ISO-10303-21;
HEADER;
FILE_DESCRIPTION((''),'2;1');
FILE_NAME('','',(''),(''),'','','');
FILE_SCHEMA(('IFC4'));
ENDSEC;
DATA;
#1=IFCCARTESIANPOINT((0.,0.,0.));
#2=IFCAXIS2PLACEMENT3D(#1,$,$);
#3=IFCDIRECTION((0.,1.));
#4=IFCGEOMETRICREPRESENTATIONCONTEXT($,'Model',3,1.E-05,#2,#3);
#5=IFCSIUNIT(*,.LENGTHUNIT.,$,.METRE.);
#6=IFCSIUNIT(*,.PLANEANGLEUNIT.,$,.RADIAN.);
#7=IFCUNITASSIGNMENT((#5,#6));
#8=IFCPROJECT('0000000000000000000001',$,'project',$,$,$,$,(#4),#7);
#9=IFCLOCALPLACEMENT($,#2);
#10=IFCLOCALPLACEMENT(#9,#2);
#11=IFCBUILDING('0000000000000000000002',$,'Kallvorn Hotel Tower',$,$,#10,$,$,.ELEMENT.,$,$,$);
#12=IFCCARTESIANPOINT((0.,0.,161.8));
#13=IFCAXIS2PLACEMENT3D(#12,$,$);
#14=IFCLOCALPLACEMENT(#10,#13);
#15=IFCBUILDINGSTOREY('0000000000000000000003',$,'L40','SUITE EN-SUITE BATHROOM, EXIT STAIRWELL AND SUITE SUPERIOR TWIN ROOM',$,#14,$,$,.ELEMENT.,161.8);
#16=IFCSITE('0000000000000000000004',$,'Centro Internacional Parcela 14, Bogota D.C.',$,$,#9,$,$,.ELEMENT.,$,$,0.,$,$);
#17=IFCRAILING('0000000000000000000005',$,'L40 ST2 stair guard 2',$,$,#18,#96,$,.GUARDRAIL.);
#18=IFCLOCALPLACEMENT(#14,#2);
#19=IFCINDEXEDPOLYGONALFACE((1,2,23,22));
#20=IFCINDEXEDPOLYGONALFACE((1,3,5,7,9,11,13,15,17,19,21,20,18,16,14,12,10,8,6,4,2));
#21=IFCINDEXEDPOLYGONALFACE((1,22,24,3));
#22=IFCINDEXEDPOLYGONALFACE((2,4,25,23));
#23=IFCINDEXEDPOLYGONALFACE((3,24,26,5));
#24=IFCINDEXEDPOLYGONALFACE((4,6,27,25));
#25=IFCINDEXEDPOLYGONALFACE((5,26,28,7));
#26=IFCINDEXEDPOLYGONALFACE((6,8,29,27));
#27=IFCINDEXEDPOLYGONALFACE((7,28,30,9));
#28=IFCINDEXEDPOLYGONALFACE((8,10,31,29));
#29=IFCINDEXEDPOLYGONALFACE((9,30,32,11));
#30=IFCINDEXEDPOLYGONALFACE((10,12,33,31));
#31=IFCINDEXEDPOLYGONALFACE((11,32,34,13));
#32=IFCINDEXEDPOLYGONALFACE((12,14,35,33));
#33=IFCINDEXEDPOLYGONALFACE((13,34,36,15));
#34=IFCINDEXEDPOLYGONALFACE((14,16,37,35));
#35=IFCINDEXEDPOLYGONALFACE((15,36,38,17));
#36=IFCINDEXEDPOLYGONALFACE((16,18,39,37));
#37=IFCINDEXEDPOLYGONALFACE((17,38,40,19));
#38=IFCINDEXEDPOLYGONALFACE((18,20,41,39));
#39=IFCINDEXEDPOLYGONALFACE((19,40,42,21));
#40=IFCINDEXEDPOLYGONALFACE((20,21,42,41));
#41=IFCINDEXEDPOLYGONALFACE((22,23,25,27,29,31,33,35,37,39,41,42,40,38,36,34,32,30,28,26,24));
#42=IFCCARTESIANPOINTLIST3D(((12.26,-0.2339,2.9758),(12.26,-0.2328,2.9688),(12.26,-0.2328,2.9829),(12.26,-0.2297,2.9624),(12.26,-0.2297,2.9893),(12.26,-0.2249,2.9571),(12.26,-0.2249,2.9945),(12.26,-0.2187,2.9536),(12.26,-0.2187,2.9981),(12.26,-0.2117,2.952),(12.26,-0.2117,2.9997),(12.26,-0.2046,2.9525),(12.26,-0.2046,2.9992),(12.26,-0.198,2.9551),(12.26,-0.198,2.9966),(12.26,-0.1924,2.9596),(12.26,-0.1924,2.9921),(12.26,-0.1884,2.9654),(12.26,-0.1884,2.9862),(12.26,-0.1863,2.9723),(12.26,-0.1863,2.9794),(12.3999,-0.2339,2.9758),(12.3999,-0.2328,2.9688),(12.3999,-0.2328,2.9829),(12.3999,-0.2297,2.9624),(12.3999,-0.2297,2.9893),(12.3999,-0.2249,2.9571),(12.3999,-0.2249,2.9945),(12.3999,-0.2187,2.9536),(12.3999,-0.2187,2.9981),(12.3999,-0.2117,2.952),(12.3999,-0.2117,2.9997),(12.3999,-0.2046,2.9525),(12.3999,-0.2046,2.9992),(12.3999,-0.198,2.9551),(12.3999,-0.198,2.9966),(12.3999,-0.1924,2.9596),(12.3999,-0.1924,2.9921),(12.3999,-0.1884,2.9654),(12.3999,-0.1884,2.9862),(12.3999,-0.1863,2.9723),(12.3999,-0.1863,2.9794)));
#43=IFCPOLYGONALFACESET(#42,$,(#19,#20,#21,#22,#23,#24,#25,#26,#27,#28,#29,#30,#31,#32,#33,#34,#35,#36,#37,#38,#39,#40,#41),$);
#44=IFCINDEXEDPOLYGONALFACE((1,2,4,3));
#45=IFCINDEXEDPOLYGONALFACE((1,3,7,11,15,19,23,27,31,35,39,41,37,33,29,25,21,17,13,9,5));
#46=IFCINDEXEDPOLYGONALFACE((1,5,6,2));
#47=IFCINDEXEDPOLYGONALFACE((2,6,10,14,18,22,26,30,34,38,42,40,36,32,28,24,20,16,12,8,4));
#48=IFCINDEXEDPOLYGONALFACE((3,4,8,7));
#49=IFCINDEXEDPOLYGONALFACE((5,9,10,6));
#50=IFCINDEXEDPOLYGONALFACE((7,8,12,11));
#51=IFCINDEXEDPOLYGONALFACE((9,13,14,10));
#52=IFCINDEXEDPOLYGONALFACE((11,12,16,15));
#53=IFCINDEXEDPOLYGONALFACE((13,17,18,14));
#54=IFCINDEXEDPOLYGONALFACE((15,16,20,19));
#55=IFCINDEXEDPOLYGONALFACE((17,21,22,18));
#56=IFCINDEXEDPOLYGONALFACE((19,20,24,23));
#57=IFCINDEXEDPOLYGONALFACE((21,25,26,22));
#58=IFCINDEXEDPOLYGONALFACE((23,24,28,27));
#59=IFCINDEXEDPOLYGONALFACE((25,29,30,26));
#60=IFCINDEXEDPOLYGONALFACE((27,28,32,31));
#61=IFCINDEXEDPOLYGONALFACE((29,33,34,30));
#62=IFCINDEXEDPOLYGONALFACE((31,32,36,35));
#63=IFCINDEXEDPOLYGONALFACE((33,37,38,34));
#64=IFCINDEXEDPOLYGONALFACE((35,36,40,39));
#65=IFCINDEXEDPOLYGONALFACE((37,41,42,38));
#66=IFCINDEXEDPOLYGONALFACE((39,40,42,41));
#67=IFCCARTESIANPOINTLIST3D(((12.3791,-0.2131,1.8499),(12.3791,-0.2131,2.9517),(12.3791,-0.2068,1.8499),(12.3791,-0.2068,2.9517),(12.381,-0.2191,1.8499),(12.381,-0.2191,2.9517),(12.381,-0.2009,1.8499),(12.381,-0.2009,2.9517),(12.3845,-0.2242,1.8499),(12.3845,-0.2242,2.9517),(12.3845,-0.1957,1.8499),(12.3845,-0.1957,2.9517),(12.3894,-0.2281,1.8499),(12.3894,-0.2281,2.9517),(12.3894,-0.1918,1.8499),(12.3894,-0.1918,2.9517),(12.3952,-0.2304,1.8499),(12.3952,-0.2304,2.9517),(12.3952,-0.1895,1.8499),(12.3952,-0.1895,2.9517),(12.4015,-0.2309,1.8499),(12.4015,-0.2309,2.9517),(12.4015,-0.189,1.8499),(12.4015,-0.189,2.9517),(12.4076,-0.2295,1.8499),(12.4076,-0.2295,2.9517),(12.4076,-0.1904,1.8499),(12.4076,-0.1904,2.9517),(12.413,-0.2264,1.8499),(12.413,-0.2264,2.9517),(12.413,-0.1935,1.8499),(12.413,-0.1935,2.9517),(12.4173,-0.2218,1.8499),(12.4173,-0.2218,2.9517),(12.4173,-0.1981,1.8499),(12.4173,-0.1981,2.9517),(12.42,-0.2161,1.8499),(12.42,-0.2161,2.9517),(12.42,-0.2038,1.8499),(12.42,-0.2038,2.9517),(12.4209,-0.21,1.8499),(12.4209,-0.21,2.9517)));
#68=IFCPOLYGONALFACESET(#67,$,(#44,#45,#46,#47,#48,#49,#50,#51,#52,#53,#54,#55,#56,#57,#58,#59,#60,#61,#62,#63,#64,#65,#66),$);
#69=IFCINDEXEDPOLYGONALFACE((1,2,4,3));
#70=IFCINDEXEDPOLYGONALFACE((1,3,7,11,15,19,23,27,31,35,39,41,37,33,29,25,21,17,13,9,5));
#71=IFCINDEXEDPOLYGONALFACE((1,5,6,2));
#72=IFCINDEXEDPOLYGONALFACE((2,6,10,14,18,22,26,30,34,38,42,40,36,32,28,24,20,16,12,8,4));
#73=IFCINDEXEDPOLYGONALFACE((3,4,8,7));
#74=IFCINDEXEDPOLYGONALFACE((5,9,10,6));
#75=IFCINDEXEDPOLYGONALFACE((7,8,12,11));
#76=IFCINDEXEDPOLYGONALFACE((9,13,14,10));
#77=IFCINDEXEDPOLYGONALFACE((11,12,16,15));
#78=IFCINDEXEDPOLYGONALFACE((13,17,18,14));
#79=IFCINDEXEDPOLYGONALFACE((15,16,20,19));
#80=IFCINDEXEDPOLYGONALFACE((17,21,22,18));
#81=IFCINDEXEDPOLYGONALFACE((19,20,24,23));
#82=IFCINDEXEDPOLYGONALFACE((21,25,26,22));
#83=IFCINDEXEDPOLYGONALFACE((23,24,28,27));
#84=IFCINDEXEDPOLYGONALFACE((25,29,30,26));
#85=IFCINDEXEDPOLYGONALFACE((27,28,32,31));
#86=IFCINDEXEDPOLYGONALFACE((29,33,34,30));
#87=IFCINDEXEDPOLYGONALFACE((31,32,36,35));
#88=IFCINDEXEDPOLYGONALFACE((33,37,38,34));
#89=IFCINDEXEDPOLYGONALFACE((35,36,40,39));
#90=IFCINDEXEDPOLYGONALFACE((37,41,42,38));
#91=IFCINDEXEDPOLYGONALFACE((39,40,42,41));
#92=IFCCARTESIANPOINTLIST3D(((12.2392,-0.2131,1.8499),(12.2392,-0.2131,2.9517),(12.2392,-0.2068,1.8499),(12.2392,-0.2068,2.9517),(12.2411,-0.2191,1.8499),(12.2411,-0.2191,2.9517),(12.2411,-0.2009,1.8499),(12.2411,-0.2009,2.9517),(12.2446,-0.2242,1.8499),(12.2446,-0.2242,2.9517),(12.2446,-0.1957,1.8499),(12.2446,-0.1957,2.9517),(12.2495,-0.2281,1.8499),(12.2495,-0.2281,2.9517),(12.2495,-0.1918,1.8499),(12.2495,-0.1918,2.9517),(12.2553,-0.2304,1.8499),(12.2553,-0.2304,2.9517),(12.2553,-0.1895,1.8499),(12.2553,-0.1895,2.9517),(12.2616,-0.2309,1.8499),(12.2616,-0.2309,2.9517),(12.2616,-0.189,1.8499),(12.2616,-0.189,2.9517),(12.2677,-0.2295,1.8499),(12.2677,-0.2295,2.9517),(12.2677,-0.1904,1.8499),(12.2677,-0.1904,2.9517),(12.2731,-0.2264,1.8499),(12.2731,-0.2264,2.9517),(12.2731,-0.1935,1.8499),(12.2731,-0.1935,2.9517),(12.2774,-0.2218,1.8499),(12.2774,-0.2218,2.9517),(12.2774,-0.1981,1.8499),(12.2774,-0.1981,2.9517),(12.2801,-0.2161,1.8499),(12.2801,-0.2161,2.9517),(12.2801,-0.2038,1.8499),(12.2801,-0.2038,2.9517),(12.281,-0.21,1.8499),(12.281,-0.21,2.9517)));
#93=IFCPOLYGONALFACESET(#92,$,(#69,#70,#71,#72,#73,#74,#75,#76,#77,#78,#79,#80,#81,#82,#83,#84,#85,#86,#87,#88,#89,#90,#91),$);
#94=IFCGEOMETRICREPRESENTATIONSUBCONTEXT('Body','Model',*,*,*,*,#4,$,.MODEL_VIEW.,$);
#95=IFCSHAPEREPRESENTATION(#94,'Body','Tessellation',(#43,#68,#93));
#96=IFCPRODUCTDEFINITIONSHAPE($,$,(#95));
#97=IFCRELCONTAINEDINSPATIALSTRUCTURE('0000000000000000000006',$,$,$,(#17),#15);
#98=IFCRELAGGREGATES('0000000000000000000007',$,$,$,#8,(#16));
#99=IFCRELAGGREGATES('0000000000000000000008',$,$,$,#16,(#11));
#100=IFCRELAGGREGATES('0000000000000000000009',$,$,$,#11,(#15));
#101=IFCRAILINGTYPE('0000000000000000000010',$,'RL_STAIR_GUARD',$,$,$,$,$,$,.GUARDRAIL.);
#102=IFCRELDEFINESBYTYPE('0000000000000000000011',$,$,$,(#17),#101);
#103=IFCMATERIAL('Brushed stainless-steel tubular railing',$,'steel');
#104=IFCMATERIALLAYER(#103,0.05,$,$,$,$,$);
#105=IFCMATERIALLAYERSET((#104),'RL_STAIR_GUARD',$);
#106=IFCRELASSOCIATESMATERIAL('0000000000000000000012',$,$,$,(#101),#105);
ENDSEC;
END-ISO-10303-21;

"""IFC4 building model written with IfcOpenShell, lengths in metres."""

from ifc_helpers import new_model, si_unit, direction, frame, origin, origin_2d, place, context, subcontext, project, spatial, circle, extrude, material, layer, layer_set, type_object, element, save


model = new_model("IFC4")

# Units and contexts
model_context = context("Model", 3, precision=1e-05, world=origin(), true_north=direction((0.0, 1.0)))
body_context = subcontext(model_context, "Body", "Model", "MODEL_VIEW")
ifc_project = project(units=[si_unit("LENGTHUNIT", "METRE"), si_unit("PLANEANGLEUNIT", "RADIAN")], contexts=[model_context])

# Site, building, storey
site_placement = place(None, origin())
site = spatial("IfcSite", under=ifc_project, at=site_placement, Name="Centro Internacional Parcela 14, Bogota D.C.", CompositionType="ELEMENT", RefElevation=0.0)
building_placement = place(site_placement, origin())
building = spatial("IfcBuilding", under=site, at=building_placement, Name="Kallvorn Hotel Tower", CompositionType="ELEMENT")
storey_placement = place(building_placement, frame((0.0, 0.0, 161.8)))
storey = spatial("IfcBuildingStorey", under=building, at=storey_placement, Name="L40", Description="SUITE EN-SUITE BATHROOM, EXIT STAIRWELL AND SUITE SUPERIOR TWIN ROOM", CompositionType="ELEMENT", Elevation=161.8)

# Railing
ifc_material_1 = material(Name="Brushed stainless-steel tubular railing", Category="steel")
ifc_layer_1 = layer(ifc_material_1, 0.05)
ifc_layer_set_1 = layer_set([ifc_layer_1], Name="RL_STAIR_GUARD")
railing_type_1 = type_object("IfcRailingType", Name="RL_STAIR_GUARD", PredefinedType="GUARDRAIL", material=ifc_layer_set_1)
railing_1_placement = place(storey_placement, frame((12.3999, -0.21, 1.8499)))
element("IfcRailing", 1, at=railing_1_placement, inside=storey, type_object=railing_type_1, Name="L40 ST2 stair guard 2", PredefinedType="GUARDRAIL", context=body_context, shape_type="SweptSolid", body=[
    extrude(circle(Radius=0.0239, at=origin_2d()), frame((0.0, 0.0, 1.126), z_axis=(-1.0, 0.0, 0.0), x_axis=(0.0, -1.0, 0.0)), (0.0, 0.0, 1.0), 0.1399),
    extrude(circle(Radius=0.021, at=origin_2d()), origin(), (0.0, 0.0, 1.0), 1.1018),
    extrude(circle(Radius=0.021, at=origin_2d()), frame((-0.1399, 0.0, 0.0)), (0.0, 0.0, 1.0), 1.1018),
])

save(model, "model.ifc")
